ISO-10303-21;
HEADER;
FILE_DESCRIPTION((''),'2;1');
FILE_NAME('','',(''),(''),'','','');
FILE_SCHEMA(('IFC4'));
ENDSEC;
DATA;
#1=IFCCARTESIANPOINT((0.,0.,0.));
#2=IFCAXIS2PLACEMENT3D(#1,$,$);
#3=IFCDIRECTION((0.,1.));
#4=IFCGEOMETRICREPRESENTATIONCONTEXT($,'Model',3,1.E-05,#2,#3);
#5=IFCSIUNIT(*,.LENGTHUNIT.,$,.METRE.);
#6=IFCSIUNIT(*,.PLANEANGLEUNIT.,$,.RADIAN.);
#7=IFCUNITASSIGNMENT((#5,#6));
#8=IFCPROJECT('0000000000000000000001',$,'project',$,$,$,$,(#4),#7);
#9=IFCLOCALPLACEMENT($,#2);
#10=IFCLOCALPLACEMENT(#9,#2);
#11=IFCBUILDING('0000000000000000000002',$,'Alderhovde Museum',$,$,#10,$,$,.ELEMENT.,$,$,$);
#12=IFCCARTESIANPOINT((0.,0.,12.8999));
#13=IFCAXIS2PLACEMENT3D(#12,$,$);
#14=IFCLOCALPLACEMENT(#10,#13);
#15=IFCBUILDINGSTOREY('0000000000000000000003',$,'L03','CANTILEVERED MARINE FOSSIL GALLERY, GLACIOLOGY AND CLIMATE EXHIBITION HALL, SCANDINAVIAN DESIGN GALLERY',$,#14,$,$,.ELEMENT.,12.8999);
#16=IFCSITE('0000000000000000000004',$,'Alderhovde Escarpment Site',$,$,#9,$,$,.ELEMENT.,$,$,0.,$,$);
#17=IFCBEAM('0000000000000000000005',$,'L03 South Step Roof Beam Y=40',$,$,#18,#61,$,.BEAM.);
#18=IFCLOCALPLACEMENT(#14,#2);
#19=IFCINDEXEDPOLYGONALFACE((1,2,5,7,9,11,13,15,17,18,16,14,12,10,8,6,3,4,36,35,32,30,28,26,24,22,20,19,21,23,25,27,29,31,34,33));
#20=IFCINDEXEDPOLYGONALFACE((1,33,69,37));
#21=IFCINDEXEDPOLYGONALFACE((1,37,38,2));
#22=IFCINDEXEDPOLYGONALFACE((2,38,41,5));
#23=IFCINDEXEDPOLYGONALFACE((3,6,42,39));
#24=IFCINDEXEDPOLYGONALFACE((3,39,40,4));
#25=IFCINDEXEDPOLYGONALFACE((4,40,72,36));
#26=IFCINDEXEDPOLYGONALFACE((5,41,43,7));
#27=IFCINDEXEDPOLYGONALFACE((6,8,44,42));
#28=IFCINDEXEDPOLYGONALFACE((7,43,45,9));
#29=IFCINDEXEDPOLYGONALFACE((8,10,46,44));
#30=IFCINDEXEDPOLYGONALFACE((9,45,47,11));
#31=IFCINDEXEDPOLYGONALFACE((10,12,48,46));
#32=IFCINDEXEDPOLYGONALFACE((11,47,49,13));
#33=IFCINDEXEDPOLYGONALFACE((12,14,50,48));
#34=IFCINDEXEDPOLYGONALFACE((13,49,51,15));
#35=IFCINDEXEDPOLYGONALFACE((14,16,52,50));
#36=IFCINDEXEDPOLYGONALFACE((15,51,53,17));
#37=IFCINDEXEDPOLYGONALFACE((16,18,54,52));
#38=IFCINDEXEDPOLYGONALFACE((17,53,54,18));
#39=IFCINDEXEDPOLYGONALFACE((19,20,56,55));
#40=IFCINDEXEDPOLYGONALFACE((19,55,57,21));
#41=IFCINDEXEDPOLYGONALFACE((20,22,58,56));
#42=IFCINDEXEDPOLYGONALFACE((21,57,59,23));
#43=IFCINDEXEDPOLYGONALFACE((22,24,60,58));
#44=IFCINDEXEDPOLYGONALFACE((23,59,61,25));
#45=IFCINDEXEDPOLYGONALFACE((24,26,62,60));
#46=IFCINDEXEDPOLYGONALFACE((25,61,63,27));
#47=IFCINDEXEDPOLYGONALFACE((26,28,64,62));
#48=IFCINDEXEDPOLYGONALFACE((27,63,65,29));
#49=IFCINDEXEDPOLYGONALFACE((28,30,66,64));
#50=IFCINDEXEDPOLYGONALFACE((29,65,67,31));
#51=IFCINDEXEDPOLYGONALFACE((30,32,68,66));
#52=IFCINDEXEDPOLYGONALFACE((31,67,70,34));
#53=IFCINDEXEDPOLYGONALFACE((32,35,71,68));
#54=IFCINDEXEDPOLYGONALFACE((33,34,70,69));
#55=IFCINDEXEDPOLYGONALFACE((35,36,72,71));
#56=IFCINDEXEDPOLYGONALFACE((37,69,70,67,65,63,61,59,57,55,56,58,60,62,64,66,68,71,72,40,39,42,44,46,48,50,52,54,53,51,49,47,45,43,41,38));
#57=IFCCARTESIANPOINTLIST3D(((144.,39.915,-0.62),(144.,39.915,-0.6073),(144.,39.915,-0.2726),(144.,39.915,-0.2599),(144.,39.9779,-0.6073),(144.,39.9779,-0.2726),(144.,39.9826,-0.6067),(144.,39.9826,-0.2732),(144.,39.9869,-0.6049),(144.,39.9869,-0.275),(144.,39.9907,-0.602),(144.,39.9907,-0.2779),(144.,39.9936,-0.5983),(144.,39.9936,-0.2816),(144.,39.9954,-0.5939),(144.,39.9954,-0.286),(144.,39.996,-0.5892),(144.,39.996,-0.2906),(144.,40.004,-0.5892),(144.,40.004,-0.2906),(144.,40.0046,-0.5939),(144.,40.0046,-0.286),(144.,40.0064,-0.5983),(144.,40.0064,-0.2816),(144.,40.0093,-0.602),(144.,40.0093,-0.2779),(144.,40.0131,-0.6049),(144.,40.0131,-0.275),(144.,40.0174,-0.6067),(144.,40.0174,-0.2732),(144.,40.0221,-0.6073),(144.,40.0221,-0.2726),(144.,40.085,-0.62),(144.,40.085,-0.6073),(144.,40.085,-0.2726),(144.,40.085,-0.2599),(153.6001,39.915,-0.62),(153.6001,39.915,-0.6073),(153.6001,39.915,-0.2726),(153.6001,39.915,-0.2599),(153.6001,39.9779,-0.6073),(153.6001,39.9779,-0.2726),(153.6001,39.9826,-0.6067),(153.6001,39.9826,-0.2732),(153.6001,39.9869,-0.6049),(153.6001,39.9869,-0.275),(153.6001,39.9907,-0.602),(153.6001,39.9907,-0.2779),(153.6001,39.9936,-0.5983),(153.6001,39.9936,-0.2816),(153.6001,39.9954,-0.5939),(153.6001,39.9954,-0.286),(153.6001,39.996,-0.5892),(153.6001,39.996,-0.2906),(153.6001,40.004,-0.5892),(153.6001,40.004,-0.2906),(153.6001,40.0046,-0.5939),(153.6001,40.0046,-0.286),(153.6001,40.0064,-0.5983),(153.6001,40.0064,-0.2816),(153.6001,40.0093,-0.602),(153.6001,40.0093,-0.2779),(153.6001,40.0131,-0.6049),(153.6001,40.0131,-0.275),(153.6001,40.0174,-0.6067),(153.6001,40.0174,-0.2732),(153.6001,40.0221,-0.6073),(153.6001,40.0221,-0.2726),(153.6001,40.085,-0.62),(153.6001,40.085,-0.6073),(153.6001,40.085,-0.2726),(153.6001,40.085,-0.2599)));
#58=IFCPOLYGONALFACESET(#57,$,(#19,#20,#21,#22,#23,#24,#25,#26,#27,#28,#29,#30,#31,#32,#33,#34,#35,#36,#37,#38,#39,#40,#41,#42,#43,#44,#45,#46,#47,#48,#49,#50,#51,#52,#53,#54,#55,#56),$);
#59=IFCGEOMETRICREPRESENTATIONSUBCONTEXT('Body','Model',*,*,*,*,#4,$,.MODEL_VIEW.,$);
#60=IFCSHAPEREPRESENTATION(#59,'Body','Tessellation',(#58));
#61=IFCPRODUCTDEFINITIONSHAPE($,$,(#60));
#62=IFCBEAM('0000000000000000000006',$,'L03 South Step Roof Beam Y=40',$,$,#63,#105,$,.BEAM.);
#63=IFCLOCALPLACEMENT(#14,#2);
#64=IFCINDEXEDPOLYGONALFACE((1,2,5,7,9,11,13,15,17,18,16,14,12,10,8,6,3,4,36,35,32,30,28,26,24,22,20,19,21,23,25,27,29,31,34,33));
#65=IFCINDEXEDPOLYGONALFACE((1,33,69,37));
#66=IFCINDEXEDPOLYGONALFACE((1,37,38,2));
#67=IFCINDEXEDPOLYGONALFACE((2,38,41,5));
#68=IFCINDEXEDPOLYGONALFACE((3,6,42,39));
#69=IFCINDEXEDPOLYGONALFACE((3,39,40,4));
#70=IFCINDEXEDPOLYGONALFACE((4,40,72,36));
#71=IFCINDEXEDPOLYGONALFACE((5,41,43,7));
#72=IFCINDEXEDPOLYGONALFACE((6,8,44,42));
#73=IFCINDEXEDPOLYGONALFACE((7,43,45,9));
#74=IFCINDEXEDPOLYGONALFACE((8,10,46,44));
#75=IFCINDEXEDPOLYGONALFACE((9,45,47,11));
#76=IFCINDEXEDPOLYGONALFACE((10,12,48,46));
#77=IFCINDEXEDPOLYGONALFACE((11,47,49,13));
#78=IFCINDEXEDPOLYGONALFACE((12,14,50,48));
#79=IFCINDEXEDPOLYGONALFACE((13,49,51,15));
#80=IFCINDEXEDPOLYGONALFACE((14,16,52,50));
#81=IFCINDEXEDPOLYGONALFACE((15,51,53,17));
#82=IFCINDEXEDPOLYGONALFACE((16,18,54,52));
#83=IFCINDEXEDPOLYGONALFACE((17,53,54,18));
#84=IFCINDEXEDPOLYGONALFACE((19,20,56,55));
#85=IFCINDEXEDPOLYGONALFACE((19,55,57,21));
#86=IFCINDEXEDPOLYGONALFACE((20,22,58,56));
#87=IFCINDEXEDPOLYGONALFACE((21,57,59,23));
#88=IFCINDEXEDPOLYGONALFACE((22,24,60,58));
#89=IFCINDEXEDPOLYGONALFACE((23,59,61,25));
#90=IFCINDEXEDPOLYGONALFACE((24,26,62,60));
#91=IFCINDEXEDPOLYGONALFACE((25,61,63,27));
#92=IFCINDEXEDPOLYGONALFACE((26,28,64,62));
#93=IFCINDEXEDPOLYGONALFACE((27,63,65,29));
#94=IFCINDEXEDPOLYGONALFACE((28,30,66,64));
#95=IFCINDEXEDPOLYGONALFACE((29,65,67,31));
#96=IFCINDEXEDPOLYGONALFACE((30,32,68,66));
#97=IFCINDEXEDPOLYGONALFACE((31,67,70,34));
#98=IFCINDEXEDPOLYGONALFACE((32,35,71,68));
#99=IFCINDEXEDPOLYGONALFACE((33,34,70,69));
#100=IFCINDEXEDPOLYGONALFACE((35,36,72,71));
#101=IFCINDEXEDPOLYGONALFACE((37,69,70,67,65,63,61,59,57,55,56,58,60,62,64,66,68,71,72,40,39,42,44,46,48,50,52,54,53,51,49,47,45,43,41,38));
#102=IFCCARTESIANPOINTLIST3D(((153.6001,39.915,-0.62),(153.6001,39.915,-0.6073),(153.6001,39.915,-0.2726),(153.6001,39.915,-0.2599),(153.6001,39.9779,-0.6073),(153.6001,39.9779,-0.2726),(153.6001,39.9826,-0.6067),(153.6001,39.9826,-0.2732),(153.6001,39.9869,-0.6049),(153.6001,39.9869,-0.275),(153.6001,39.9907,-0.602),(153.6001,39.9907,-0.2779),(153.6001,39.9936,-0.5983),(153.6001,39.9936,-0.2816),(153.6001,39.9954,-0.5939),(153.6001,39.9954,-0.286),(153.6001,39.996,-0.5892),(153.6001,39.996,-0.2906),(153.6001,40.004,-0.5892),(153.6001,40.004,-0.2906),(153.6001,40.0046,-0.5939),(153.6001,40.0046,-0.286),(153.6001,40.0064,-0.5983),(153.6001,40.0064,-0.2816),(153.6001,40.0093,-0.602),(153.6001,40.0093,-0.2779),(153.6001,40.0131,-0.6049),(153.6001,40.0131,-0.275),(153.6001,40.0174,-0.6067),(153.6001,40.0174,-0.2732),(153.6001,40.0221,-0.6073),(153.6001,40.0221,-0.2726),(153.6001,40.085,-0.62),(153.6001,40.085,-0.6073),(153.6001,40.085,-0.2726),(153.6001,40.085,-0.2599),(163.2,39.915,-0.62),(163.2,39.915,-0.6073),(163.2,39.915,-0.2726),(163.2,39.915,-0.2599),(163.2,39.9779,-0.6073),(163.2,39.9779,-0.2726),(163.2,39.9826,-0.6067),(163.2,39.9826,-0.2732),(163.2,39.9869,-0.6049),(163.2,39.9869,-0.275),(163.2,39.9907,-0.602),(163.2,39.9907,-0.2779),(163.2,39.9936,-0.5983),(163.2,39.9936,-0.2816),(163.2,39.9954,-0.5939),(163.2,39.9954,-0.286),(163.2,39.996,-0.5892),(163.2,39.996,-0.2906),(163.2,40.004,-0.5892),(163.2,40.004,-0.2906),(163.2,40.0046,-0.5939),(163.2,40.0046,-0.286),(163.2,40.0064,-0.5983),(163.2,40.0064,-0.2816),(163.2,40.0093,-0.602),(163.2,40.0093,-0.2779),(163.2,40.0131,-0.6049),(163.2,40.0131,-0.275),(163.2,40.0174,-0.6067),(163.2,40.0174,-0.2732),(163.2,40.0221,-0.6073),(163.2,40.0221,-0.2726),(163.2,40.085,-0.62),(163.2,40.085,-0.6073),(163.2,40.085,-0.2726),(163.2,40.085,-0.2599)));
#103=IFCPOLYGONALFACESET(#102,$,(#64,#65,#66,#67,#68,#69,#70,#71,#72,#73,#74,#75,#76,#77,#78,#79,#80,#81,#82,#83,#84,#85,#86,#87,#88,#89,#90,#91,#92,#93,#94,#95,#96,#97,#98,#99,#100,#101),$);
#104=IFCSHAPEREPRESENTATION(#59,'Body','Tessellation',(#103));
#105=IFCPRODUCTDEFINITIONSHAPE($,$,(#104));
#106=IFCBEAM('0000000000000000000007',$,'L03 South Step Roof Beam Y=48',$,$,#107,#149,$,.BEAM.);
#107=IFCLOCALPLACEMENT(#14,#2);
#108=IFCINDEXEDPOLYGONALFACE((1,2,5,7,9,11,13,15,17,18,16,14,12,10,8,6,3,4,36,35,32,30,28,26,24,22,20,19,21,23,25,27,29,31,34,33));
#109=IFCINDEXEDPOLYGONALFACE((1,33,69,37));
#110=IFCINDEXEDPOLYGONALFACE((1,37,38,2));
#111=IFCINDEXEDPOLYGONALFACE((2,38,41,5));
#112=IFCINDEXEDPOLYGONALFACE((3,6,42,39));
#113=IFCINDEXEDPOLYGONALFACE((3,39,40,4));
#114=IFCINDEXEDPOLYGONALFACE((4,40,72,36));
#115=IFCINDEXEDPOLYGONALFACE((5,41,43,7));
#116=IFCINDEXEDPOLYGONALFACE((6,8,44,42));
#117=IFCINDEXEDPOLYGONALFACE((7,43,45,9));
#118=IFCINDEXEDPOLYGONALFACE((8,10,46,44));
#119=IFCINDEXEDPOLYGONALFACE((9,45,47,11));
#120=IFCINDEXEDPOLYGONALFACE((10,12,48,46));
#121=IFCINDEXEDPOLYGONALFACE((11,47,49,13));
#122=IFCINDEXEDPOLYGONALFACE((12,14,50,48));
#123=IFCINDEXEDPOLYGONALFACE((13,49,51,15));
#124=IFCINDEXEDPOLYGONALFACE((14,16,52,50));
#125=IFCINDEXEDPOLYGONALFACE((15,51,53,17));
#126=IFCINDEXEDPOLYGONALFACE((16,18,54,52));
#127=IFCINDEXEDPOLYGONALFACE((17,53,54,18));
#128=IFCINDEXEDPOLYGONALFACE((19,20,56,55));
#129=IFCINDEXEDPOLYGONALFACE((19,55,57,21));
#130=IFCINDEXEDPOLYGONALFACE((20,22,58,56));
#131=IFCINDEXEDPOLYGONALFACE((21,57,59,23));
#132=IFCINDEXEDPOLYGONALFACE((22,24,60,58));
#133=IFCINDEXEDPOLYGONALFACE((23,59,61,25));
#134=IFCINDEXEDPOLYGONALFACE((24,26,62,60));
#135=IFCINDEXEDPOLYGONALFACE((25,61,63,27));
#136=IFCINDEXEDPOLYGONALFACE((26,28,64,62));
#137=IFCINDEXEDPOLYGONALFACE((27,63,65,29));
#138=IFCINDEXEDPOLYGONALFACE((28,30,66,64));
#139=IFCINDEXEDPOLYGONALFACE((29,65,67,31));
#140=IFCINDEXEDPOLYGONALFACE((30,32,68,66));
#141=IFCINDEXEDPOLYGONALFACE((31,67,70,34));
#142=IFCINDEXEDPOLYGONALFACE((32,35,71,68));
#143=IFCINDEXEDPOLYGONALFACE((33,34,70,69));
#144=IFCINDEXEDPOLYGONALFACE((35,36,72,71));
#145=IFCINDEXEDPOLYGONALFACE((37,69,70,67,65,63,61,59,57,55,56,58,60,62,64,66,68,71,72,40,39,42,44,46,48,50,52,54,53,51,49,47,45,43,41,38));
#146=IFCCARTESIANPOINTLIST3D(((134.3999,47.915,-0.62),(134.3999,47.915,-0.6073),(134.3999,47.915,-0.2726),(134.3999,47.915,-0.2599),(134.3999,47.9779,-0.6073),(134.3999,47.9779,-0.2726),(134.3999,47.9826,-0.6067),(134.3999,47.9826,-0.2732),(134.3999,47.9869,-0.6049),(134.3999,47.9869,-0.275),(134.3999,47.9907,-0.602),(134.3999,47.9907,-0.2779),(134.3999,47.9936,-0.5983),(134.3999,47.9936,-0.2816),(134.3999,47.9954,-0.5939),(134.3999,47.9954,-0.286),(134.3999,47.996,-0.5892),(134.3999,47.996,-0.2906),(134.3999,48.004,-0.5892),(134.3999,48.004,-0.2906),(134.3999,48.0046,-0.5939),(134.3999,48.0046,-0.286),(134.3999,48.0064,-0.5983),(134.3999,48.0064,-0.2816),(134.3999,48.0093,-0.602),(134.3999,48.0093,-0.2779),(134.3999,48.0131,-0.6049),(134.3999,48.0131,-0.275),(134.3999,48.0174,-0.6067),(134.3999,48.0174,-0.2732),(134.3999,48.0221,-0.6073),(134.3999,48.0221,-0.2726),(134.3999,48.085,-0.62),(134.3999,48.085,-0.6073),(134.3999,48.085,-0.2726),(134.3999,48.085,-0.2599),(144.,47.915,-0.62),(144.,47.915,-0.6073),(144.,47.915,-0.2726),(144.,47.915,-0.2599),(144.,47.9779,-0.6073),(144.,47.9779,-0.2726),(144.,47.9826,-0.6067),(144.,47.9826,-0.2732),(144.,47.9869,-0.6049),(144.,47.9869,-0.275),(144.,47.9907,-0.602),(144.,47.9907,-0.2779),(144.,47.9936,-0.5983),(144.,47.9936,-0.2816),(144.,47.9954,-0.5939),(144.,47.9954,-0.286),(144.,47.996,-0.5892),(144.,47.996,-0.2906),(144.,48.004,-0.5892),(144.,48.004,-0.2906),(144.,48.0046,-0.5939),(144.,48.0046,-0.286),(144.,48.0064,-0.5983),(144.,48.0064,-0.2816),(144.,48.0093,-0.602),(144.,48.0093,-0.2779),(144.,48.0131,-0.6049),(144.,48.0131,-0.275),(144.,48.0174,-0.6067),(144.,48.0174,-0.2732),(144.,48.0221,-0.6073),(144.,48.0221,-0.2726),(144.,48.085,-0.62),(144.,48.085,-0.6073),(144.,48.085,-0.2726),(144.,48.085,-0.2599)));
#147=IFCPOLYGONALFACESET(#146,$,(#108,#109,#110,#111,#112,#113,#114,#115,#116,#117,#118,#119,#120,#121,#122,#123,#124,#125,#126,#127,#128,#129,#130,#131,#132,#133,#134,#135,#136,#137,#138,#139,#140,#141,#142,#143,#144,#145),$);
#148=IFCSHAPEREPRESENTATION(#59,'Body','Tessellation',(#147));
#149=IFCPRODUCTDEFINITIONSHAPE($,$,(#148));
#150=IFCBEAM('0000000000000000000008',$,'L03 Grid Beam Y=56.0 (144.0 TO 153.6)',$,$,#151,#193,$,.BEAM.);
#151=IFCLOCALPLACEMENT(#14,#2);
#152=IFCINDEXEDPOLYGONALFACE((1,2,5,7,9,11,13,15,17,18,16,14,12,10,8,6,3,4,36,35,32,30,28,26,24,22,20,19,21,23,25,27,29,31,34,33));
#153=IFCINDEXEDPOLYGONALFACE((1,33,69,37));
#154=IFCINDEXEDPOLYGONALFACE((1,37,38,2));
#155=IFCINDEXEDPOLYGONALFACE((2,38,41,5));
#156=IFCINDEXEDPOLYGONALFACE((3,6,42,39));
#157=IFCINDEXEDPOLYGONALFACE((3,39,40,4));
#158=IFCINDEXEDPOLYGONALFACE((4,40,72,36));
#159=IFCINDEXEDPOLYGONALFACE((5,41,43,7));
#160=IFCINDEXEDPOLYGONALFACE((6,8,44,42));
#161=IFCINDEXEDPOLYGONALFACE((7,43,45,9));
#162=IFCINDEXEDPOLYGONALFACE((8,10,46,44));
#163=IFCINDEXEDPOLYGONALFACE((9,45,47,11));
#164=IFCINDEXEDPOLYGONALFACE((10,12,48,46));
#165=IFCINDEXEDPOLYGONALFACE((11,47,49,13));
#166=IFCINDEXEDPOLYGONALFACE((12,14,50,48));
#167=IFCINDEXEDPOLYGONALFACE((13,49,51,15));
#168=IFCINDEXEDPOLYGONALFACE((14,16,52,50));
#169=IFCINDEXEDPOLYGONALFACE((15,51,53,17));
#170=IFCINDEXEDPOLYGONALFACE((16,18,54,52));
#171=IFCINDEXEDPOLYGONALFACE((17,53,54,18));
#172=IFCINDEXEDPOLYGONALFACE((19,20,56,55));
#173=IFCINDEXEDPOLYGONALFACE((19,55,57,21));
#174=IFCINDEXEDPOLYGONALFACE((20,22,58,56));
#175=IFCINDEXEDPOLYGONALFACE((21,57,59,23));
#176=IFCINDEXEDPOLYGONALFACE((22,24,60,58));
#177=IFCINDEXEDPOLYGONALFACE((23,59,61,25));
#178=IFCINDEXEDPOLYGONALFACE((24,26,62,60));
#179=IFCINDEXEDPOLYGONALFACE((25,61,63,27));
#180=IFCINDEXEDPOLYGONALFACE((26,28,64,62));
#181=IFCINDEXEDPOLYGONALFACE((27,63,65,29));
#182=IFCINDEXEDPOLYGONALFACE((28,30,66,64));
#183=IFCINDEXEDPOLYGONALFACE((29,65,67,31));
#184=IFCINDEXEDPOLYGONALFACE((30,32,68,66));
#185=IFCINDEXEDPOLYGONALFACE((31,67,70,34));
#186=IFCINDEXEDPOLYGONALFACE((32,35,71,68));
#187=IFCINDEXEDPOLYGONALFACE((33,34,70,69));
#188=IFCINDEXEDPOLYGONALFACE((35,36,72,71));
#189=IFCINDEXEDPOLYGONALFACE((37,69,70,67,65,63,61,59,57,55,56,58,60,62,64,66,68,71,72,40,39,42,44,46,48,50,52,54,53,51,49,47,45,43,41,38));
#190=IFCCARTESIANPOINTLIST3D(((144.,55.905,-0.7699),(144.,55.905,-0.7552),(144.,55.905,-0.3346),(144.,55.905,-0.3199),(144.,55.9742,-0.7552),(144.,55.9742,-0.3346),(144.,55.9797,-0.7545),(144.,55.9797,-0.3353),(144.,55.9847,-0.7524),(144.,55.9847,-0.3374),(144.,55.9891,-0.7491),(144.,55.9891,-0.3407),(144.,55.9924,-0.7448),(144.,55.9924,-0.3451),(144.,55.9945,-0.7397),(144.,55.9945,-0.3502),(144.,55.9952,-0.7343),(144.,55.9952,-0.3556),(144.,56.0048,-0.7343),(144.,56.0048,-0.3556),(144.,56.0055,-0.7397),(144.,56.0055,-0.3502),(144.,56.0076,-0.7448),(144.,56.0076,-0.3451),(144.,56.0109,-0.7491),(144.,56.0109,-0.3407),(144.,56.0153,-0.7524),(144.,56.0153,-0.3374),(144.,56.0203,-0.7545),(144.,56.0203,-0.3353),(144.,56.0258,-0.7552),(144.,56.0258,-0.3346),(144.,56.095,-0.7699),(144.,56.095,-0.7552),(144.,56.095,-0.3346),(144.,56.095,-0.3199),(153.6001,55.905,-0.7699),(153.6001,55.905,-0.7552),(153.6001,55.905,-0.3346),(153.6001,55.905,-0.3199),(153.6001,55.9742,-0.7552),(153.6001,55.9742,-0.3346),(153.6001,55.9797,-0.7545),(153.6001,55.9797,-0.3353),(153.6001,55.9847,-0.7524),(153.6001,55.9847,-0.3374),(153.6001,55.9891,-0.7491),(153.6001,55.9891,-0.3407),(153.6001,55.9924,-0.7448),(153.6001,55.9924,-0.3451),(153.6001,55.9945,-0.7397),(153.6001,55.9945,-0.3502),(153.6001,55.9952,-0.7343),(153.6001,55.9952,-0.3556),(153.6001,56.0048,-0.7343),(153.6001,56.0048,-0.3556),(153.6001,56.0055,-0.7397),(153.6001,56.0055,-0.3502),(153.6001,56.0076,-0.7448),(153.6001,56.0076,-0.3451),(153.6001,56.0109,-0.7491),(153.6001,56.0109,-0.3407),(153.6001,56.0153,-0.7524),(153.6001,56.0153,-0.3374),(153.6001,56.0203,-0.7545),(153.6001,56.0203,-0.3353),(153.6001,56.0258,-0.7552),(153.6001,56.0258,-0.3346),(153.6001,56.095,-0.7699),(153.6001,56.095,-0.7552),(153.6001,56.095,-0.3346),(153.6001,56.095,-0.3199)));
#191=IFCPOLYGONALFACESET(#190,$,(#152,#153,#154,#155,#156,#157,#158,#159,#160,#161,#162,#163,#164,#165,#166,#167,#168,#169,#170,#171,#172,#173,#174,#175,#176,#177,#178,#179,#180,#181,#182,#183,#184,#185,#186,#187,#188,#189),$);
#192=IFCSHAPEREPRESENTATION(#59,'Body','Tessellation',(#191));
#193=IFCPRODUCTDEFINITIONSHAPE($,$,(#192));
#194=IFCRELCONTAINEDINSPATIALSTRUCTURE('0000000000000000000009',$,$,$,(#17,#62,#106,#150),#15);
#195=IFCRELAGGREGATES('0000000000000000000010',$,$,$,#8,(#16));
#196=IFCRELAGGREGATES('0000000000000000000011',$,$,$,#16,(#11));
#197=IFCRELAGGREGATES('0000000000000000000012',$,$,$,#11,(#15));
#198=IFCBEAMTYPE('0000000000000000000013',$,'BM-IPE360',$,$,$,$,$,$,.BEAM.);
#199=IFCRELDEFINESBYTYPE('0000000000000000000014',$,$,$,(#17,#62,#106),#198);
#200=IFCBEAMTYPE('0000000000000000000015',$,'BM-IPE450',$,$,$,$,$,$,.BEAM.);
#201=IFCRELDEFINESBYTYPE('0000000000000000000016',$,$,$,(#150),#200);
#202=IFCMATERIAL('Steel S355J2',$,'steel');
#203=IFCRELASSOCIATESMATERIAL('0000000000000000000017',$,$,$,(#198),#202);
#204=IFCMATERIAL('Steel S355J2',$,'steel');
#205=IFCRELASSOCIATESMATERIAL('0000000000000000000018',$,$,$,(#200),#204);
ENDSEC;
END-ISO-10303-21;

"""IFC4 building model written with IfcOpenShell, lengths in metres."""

from ifc_helpers import new_model, si_unit, direction, frame, origin, origin_2d, place, context, subcontext, project, spatial, i_section, extrude, material, material_profile, profile_set, type_object, element, save


model = new_model("IFC4")

# Units and contexts
model_context = context("Model", 3, precision=1e-05, world=origin(), true_north=direction((0.0, 1.0)))
body_context = subcontext(model_context, "Body", "Model", "MODEL_VIEW")
ifc_project = project(units=[si_unit("LENGTHUNIT", "METRE"), si_unit("PLANEANGLEUNIT", "RADIAN")], contexts=[model_context])

# Site, building, storey
site_placement = place(None, origin())
site = spatial("IfcSite", under=ifc_project, at=site_placement, Name="Alderhovde Escarpment Site", CompositionType="ELEMENT", RefElevation=0.0)
building_placement = place(site_placement, origin())
building = spatial("IfcBuilding", under=site, at=building_placement, Name="Alderhovde Museum", CompositionType="ELEMENT")
storey_placement = place(building_placement, frame((0.0, 0.0, 12.8999)))
storey = spatial("IfcBuildingStorey", under=building, at=storey_placement, Name="L03", Description="CANTILEVERED MARINE FOSSIL GALLERY, GLACIOLOGY AND CLIMATE EXHIBITION HALL, SCANDINAVIAN DESIGN GALLERY", CompositionType="ELEMENT", Elevation=12.8999)

# Beams
ifc_material_1 = material(Name="Steel S355J2", Category="steel")
ifc_material_profile_1 = material_profile(ifc_material_1, i_section(OverallWidth=0.1699, OverallDepth=0.3601, WebThickness=0.0081, FlangeThickness=0.0127, FilletRadius=0.0181, at=origin_2d()), Name="IPE 360")
ifc_profile_set_1 = profile_set([ifc_material_profile_1], Name="Steel S355J2")
beam_type_1 = type_object("IfcBeamType", Name="BM-IPE360", PredefinedType="BEAM", material=ifc_profile_set_1)
for number, where, z_axis, x_axis, name in (
    (1, (144.0, 40.0, -0.4399), (1.0, 0.0, 0.0), (0.0, 1.0, 0.0), "L03 South Step Roof Beam Y=40"),
):
    element("IfcBeam", number, at=place(storey_placement, frame(where, z_axis=z_axis, x_axis=x_axis)), inside=storey, type_object=beam_type_1, Name=name, PredefinedType="BEAM", context=body_context, shape_type="SweptSolid", body=[
        extrude(i_section(OverallWidth=0.1699, OverallDepth=0.3601, WebThickness=0.0081, FlangeThickness=0.0127, FilletRadius=0.0181, at=origin_2d()), origin(), (0.0, 0.0, 1.0), 9.6001),
    ])
beam_1_placement = place(storey_placement, frame((153.6001, 40.0, -0.4399), z_axis=(1.0, 0.0, 0.0), x_axis=(0.0, 1.0, 0.0)))
element("IfcBeam", 2, at=beam_1_placement, inside=storey, type_object=beam_type_1, Name="L03 South Step Roof Beam Y=40", PredefinedType="BEAM", context=body_context, shape_type="SweptSolid", body=[
    extrude(i_section(OverallWidth=0.1699, OverallDepth=0.3601, WebThickness=0.0081, FlangeThickness=0.0127, FilletRadius=0.0181, at=origin_2d()), origin(), (0.0, 0.0, 1.0), 9.5999),
])
beam_2_placement = place(storey_placement, frame((134.3999, 48.0, -0.4399), z_axis=(1.0, 0.0, 0.0), x_axis=(0.0, 1.0, 0.0)))
element("IfcBeam", 3, at=beam_2_placement, inside=storey, type_object=beam_type_1, Name="L03 South Step Roof Beam Y=48", PredefinedType="BEAM", context=body_context, shape_type="SweptSolid", body=[
    extrude(i_section(OverallWidth=0.1699, OverallDepth=0.3601, WebThickness=0.0081, FlangeThickness=0.0127, FilletRadius=0.0181, at=origin_2d()), origin(), (0.0, 0.0, 1.0), 9.6001),
])
ifc_material_2 = material(Name="Steel S355J2", Category="steel")
ifc_material_profile_2 = material_profile(ifc_material_2, i_section(OverallWidth=0.1899, OverallDepth=0.45, WebThickness=0.0095, FlangeThickness=0.0146, FilletRadius=0.021, at=origin_2d()), Name="IPE 450")
ifc_profile_set_2 = profile_set([ifc_material_profile_2], Name="Steel S355J2")
beam_type_2 = type_object("IfcBeamType", Name="BM-IPE450", PredefinedType="BEAM", material=ifc_profile_set_2)
beam_3_placement = place(storey_placement, frame((144.0, 56.0, -0.5449), z_axis=(1.0, 0.0, 0.0), x_axis=(0.0, 1.0, 0.0)))
element("IfcBeam", 4, at=beam_3_placement, inside=storey, type_object=beam_type_2, Name="L03 Grid Beam Y=56.0 (144.0 TO 153.6)", PredefinedType="BEAM", context=body_context, shape_type="SweptSolid", body=[
    extrude(i_section(OverallWidth=0.1899, OverallDepth=0.45, WebThickness=0.0095, FlangeThickness=0.0146, FilletRadius=0.021, at=origin_2d()), origin(), (0.0, 0.0, 1.0), 9.6001),
])

save(model, "model.ifc")
